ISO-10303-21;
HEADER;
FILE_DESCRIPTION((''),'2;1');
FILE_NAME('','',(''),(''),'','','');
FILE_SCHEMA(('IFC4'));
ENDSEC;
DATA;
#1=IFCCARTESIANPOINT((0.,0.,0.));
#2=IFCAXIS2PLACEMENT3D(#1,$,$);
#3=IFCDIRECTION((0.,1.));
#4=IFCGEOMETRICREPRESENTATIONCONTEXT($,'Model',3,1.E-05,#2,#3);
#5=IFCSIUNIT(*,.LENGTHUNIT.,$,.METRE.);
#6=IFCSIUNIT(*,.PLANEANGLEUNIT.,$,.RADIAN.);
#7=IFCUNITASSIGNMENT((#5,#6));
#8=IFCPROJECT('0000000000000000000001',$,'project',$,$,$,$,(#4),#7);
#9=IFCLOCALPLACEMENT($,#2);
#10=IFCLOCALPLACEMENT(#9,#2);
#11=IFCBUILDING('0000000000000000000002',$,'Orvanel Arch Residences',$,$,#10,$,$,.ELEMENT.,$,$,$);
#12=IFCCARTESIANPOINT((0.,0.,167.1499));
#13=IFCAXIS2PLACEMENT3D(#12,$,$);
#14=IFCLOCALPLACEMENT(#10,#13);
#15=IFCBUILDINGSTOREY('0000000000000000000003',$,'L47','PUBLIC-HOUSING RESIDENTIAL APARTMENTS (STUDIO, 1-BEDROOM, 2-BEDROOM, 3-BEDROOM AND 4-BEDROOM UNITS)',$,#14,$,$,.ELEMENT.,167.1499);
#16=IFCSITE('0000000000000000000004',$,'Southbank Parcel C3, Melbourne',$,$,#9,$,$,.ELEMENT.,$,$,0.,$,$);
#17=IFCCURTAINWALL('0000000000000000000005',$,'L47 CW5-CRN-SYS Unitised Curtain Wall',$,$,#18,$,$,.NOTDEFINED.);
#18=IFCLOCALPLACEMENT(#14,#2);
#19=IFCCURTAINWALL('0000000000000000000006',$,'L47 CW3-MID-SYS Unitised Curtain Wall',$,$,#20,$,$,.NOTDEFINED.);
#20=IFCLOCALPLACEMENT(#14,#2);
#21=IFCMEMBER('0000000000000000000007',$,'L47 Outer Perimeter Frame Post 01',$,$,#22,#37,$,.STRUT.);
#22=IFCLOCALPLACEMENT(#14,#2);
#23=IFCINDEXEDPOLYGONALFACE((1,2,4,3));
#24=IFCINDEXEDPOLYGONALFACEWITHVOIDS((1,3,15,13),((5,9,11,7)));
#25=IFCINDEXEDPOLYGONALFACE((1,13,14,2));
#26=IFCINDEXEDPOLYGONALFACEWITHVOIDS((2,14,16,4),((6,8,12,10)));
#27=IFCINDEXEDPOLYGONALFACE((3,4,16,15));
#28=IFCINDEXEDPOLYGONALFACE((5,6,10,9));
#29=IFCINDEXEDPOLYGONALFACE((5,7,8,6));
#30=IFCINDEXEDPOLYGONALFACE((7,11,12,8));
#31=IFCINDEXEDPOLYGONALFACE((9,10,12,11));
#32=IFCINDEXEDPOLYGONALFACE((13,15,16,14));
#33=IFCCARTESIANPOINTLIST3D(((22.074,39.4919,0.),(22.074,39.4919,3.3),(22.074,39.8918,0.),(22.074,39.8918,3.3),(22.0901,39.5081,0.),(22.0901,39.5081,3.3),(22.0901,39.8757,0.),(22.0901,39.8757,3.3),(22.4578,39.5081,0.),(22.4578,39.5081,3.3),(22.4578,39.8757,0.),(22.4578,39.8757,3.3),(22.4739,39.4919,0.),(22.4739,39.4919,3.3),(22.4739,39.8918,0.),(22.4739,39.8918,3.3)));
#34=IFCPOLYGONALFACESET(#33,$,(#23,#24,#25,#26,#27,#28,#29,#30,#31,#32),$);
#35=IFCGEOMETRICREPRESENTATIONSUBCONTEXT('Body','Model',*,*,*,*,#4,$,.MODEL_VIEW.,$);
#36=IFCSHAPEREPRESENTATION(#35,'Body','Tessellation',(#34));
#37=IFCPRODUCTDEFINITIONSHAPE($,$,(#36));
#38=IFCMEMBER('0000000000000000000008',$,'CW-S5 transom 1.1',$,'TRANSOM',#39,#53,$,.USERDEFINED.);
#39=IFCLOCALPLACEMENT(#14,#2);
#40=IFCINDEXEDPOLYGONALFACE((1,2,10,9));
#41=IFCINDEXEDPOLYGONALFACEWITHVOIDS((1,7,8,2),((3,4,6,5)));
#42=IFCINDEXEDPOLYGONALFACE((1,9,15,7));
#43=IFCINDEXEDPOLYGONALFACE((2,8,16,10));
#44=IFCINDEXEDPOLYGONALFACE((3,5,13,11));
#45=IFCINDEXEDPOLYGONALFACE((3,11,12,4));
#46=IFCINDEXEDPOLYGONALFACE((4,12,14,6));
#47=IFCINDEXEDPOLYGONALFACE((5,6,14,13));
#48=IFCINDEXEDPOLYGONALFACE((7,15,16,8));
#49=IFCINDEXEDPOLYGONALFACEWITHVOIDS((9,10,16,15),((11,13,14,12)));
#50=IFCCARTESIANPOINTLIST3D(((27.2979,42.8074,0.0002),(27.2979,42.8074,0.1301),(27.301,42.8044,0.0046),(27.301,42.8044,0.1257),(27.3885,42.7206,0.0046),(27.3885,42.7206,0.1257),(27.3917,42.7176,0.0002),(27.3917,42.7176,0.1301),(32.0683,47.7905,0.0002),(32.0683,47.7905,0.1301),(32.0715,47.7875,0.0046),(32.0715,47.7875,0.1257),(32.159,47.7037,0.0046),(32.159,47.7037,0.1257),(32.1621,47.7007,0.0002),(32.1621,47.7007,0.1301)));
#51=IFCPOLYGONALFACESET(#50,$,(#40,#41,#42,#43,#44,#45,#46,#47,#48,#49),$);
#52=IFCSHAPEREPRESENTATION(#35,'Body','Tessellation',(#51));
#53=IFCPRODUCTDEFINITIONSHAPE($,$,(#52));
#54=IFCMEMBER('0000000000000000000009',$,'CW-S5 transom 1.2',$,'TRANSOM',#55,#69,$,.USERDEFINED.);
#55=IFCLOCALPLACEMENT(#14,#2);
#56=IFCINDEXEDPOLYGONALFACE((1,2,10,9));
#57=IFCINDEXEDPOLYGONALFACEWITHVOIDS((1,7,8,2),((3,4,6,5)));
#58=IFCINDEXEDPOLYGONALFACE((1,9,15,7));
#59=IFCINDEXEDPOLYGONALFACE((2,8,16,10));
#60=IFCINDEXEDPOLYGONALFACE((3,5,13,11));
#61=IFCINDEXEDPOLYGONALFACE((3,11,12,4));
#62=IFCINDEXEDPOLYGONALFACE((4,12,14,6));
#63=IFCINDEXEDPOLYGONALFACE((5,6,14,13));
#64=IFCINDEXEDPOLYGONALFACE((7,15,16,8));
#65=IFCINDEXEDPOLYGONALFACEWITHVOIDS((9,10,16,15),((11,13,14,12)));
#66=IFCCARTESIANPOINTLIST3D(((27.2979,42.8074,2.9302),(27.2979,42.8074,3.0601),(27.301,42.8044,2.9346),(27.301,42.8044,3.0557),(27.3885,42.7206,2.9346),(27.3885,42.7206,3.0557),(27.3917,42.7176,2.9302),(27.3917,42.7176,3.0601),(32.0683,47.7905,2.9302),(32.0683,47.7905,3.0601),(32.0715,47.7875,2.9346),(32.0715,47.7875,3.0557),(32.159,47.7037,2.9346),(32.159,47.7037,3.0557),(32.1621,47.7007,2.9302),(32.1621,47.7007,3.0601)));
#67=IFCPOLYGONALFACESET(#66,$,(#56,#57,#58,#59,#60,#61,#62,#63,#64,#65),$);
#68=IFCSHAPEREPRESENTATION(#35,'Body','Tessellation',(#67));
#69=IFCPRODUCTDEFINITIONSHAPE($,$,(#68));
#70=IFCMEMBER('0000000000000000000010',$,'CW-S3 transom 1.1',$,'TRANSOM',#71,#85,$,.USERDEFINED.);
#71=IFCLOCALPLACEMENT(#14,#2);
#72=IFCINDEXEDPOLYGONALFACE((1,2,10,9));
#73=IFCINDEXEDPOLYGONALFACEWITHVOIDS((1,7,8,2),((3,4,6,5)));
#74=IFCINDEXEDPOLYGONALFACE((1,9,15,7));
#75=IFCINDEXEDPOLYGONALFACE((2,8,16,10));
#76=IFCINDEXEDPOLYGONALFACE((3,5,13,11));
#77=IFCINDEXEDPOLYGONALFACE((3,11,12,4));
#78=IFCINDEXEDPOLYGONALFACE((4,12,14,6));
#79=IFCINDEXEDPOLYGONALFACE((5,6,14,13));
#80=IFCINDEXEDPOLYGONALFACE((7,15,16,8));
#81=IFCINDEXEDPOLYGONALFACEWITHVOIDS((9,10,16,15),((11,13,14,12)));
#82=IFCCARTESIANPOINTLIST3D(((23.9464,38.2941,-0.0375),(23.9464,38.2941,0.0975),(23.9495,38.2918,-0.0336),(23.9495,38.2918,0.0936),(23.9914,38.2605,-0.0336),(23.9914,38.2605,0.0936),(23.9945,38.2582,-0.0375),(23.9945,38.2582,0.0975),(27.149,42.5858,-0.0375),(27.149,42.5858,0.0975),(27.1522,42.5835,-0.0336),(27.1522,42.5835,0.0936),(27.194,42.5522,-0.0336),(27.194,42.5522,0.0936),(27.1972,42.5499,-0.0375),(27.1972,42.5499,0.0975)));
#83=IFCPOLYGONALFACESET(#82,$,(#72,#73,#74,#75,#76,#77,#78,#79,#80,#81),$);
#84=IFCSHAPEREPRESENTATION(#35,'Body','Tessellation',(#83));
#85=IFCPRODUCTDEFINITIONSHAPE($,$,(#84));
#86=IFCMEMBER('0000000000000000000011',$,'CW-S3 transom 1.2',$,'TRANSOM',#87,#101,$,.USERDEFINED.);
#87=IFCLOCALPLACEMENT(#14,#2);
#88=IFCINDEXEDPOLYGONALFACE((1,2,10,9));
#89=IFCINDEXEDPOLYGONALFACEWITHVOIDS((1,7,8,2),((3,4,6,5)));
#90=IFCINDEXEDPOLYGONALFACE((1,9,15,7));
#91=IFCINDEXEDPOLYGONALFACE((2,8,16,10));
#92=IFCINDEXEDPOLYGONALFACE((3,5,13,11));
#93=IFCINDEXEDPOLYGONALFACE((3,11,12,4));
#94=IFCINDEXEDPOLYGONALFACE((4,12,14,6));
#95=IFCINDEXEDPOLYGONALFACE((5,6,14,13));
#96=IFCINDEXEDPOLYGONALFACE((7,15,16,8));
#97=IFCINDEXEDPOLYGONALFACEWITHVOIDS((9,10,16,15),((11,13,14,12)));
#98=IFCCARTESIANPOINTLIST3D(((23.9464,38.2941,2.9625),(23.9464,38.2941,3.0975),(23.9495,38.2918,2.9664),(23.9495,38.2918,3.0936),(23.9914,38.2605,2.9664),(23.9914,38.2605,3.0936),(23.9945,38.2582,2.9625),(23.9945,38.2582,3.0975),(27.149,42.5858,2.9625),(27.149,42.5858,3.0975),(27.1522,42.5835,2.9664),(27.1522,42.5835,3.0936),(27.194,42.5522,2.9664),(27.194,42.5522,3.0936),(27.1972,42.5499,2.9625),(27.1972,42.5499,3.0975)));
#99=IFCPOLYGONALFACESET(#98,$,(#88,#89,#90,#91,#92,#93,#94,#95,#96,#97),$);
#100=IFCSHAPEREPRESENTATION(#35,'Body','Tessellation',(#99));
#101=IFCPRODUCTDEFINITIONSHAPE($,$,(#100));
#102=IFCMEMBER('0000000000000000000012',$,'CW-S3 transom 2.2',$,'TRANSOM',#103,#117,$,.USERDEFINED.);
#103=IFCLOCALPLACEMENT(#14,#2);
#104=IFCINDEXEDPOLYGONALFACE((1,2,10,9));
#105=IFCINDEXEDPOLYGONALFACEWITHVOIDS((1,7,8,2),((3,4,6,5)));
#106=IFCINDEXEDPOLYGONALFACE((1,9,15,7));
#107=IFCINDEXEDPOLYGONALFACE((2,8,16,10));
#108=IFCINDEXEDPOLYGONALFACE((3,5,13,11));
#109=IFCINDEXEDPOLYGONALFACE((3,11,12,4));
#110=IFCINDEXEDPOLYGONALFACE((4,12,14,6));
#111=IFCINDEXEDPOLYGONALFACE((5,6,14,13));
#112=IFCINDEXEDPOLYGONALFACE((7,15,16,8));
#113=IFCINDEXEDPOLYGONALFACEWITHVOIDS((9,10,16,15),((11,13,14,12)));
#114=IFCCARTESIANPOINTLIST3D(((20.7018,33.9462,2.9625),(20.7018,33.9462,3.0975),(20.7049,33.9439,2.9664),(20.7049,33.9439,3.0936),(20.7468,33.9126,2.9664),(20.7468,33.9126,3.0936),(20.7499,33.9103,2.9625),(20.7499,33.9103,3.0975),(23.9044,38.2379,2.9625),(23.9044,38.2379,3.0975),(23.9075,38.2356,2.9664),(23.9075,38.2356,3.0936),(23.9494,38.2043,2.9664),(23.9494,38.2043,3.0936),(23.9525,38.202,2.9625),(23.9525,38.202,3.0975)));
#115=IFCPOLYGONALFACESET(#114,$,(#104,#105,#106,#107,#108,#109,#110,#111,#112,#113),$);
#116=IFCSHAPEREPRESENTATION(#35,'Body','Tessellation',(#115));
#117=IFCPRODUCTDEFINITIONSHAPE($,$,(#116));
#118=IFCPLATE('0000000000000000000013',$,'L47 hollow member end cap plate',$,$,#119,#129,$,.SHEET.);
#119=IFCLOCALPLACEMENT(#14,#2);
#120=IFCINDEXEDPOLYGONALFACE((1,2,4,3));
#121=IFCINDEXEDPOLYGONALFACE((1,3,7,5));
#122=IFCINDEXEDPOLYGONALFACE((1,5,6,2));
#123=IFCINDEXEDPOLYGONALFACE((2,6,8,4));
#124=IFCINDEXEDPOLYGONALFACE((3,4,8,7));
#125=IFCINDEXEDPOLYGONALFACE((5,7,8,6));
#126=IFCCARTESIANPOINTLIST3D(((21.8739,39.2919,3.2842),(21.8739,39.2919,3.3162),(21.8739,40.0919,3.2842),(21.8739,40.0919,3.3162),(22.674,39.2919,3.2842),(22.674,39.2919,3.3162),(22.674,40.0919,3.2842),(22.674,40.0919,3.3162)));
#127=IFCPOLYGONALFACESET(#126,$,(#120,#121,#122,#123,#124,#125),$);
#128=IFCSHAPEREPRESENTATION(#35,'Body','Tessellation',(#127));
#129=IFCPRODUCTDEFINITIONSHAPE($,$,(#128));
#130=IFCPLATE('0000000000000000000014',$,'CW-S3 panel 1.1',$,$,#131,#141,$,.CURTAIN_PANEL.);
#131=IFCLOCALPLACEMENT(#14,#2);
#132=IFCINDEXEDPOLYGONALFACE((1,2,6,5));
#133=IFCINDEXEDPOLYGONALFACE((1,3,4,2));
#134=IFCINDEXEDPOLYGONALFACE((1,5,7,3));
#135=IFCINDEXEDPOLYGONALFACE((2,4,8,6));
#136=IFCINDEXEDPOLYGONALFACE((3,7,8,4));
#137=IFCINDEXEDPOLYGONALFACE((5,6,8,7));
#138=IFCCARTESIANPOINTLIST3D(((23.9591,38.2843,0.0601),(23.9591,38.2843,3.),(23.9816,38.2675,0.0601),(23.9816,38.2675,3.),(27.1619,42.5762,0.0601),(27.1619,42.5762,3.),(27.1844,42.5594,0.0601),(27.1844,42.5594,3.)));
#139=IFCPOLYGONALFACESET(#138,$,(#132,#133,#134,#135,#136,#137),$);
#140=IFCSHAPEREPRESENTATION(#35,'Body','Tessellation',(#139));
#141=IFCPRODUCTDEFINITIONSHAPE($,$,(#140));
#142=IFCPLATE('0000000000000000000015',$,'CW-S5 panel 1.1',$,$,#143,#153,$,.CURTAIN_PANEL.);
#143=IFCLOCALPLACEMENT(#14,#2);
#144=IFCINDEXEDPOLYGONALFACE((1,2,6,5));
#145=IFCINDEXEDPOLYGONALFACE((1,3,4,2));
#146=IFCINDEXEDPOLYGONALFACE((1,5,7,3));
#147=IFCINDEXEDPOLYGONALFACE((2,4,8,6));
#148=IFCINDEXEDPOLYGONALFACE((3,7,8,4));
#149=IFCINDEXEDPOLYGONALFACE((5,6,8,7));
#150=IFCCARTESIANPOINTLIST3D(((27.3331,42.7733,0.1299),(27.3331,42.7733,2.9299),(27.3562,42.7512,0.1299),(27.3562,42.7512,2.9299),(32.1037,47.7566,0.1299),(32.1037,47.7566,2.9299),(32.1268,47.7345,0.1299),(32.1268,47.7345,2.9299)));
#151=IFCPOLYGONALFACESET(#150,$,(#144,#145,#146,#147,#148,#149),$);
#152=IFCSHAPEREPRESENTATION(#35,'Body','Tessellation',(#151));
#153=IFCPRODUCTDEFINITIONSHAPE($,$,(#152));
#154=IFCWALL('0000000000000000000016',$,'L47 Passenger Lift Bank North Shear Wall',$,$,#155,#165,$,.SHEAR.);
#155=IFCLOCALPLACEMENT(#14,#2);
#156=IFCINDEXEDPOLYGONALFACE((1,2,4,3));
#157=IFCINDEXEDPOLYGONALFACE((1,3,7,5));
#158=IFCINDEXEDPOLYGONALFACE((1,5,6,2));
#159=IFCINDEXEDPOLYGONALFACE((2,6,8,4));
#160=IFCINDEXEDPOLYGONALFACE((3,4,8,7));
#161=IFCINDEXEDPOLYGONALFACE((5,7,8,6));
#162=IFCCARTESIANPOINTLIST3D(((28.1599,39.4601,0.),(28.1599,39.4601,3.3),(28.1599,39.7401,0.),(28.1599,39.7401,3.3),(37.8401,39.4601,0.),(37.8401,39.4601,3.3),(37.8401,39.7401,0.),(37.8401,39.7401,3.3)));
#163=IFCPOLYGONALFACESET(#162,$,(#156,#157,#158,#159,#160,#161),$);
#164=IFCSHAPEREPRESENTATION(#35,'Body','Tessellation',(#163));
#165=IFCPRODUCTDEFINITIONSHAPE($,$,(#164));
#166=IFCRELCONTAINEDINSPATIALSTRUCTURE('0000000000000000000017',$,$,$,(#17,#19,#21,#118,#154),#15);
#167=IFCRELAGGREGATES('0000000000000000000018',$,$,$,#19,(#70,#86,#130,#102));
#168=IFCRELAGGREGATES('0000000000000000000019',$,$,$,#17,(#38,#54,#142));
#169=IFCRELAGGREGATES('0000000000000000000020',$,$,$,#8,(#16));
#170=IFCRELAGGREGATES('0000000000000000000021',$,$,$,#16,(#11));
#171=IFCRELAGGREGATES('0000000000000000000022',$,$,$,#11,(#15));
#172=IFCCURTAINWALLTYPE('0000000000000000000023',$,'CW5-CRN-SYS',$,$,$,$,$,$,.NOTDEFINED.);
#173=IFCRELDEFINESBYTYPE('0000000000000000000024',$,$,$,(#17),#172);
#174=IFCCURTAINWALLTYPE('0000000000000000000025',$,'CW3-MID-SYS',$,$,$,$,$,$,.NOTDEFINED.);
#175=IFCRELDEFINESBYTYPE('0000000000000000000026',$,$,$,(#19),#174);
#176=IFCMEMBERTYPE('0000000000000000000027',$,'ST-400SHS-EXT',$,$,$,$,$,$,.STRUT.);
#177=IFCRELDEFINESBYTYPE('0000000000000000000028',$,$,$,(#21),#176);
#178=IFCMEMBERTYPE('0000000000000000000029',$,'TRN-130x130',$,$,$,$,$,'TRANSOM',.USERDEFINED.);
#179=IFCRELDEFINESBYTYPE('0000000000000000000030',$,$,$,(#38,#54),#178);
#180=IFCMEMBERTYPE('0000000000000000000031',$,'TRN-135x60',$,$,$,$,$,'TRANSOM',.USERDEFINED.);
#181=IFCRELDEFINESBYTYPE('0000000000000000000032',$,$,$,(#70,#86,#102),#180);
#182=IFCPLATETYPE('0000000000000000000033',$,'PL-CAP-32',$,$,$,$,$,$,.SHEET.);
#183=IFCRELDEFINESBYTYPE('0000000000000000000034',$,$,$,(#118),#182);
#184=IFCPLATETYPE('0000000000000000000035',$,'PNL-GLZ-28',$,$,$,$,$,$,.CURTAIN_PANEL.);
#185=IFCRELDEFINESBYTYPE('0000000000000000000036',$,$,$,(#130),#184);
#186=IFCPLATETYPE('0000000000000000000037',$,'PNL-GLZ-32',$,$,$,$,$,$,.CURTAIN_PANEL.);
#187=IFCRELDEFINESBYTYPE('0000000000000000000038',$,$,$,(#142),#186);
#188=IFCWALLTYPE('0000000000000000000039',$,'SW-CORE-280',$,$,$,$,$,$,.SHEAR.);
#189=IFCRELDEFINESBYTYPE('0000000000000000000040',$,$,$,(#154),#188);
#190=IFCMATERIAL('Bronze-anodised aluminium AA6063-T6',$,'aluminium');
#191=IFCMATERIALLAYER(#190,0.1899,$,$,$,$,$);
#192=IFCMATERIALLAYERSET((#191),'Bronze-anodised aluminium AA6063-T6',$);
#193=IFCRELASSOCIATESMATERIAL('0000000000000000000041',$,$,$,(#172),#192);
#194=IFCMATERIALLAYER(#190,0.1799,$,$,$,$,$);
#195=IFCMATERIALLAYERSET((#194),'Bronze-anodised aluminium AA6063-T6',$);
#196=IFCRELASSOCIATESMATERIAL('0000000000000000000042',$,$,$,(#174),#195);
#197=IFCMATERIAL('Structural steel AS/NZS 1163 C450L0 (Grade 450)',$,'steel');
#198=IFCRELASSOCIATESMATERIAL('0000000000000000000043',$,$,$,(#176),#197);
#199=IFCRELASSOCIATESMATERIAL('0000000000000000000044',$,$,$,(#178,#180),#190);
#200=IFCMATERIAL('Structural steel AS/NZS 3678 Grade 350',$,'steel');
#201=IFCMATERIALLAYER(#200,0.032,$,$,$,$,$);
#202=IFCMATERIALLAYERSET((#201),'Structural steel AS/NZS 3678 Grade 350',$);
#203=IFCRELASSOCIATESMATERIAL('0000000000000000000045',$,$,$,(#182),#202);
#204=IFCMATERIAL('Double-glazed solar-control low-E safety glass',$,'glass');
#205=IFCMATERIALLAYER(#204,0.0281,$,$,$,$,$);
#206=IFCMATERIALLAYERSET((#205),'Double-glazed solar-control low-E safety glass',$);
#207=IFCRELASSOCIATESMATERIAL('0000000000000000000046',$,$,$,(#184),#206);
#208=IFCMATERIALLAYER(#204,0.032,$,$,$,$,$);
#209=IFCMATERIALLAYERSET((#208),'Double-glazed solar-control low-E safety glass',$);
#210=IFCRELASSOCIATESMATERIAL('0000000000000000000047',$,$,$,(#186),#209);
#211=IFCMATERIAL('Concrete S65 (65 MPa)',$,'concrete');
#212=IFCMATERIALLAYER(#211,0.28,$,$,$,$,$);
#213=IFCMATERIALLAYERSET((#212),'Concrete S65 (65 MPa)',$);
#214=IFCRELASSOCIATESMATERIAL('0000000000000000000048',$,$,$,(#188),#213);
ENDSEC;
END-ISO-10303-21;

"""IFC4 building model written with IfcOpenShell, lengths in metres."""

from ifc_helpers import new_model, si_unit, direction, frame, frame_2d, origin, origin_2d, place, context, subcontext, project, spatial, rectangle, hollow_rectangle, extrude, material, layer, layer_set, material_profile, profile_set, type_object, element, aggregate, save


model = new_model("IFC4")

# Units and contexts
model_context = context("Model", 3, precision=1e-05, world=origin(), true_north=direction((0.0, 1.0)))
body_context = subcontext(model_context, "Body", "Model", "MODEL_VIEW")
ifc_project = project(units=[si_unit("LENGTHUNIT", "METRE"), si_unit("PLANEANGLEUNIT", "RADIAN")], contexts=[model_context])

# Site, building, storey
site_placement = place(None, origin())
site = spatial("IfcSite", under=ifc_project, at=site_placement, Name="Southbank Parcel C3, Melbourne", CompositionType="ELEMENT", RefElevation=0.0)
building_placement = place(site_placement, origin())
building = spatial("IfcBuilding", under=site, at=building_placement, Name="Orvanel Arch Residences", CompositionType="ELEMENT")
storey_placement = place(building_placement, frame((0.0, 0.0, 167.1499)))
storey = spatial("IfcBuildingStorey", under=building, at=storey_placement, Name="L47", Description="PUBLIC-HOUSING RESIDENTIAL APARTMENTS (STUDIO, 1-BEDROOM, 2-BEDROOM, 3-BEDROOM AND 4-BEDROOM UNITS)", CompositionType="ELEMENT", Elevation=167.1499)

# Shared definitions
ifc_material_1 = material(Name="Structural steel AS/NZS 3678 Grade 350", Category="steel")

# Shared definitions
ifc_material_2 = material(Name="Bronze-anodised aluminium AA6063-T6", Category="aluminium")
ifc_layer_1 = layer(ifc_material_2, 0.1899)
ifc_layer_set_1 = layer_set([ifc_layer_1], Name="Bronze-anodised aluminium AA6063-T6")
curtain_wall_type_1 = type_object("IfcCurtainWallType", Name="CW5-CRN-SYS", PredefinedType="NOTDEFINED", material=ifc_layer_set_1)

# Curtain walls
curtain_wall_1_placement = place(storey_placement, origin())
curtain_wall_1 = element("IfcCurtainWall", 1, at=curtain_wall_1_placement, inside=storey, type_object=curtain_wall_type_1, Name="L47 CW5-CRN-SYS Unitised Curtain Wall", PredefinedType="NOTDEFINED")
ifc_layer_2 = layer(ifc_material_2, 0.1799)
ifc_layer_set_2 = layer_set([ifc_layer_2], Name="Bronze-anodised aluminium AA6063-T6")
curtain_wall_type_2 = type_object("IfcCurtainWallType", Name="CW3-MID-SYS", PredefinedType="NOTDEFINED", material=ifc_layer_set_2)
curtain_wall_2_placement = place(storey_placement, origin())
curtain_wall_2 = element("IfcCurtainWall", 2, at=curtain_wall_2_placement, inside=storey, type_object=curtain_wall_type_2, Name="L47 CW3-MID-SYS Unitised Curtain Wall", PredefinedType="NOTDEFINED")

# Members
ifc_material_3 = material(Name="Structural steel AS/NZS 1163 C450L0 (Grade 450)", Category="steel")
ifc_material_profile_1 = material_profile(ifc_material_3, hollow_rectangle(XDim=0.3999, YDim=0.3999, WallThickness=0.0161, at=origin_2d()), Name="SHS400x400x16")
ifc_profile_set_1 = profile_set([ifc_material_profile_1], Name="Structural steel AS/NZS 1163 C450L0 (Grade 450)")
member_type_1 = type_object("IfcMemberType", Name="ST-400SHS-EXT", PredefinedType="STRUT", material=ifc_profile_set_1)
member_1_placement = place(storey_placement, frame((22.2739, 39.6919, 0.0), z_axis=(0.0, 0.0, 1.0), x_axis=(1.0, 0.0, 0.0)))
element("IfcMember", 3, at=member_1_placement, inside=storey, type_object=member_type_1, Name="L47 Outer Perimeter Frame Post 01", PredefinedType="STRUT", context=body_context, shape_type="SweptSolid", body=[
    extrude(hollow_rectangle(XDim=0.3999, YDim=0.3999, WallThickness=0.0161, at=origin_2d()), origin(), (0.0, 0.0, 1.0), 3.3),
])
ifc_material_profile_2 = material_profile(ifc_material_2, hollow_rectangle(XDim=0.1299, YDim=0.1299, WallThickness=0.0044, at=origin_2d()), Name="ALU130x130x4.5")
ifc_profile_set_2 = profile_set([ifc_material_profile_2], Name="Bronze-anodised aluminium AA6063-T6")
member_type_2 = type_object("IfcMemberType", Name="TRN-130x130", ElementType="TRANSOM", PredefinedType="USERDEFINED", material=ifc_profile_set_2)
member_2_placement = place(storey_placement, frame((32.1152, 47.7456, 0.0652), z_axis=(-0.691526, -0.722351, 0.0), x_axis=(0.722351, -0.691526, 0.0)))
member_2 = element("IfcMember", 4, at=member_2_placement, type_object=member_type_2, Name="CW-S5 transom 1.1", ObjectType="TRANSOM", PredefinedType="USERDEFINED", context=body_context, shape_type="SweptSolid", body=[
    extrude(hollow_rectangle(XDim=0.1299, YDim=0.1299, WallThickness=0.0044, at=origin_2d()), origin(), (0.0, 0.0, 1.0), 6.8984),
])
member_3_placement = place(storey_placement, frame((32.1152, 47.7456, 2.9951), z_axis=(-0.691526, -0.722351, 0.0), x_axis=(0.722351, -0.691526, 0.0)))
member_3 = element("IfcMember", 5, at=member_3_placement, type_object=member_type_2, Name="CW-S5 transom 1.2", ObjectType="TRANSOM", PredefinedType="USERDEFINED", context=body_context, shape_type="SweptSolid", body=[
    extrude(hollow_rectangle(XDim=0.1299, YDim=0.1299, WallThickness=0.0044, at=origin_2d()), origin(), (0.0, 0.0, 1.0), 6.8984),
])
ifc_material_profile_3 = material_profile(ifc_material_2, hollow_rectangle(XDim=0.0601, YDim=0.135, WallThickness=0.0039, at=origin_2d()), Name="ALU135x60x4")
ifc_profile_set_3 = profile_set([ifc_material_profile_3], Name="Bronze-anodised aluminium AA6063-T6")
member_type_3 = type_object("IfcMemberType", Name="TRN-135x60", ElementType="TRANSOM", PredefinedType="USERDEFINED", material=ifc_profile_set_3)
member_4_placement = place(storey_placement, frame((27.1731, 42.5679, 0.03), z_axis=(-0.598065, -0.801447, 0.0), x_axis=(0.801447, -0.598065, 0.0)))
member_4 = element("IfcMember", 6, at=member_4_placement, type_object=member_type_3, Name="CW-S3 transom 1.1", ObjectType="TRANSOM", PredefinedType="USERDEFINED", context=body_context, shape_type="SweptSolid", body=[
    extrude(hollow_rectangle(XDim=0.0601, YDim=0.135, WallThickness=0.0039, at=origin_2d()), origin(), (0.0, 0.0, 1.0), 5.355),
])
member_5_placement = place(storey_placement, frame((27.1731, 42.5679, 3.03), z_axis=(-0.598065, -0.801447, 0.0), x_axis=(0.801447, -0.598065, 0.0)))
member_5 = element("IfcMember", 7, at=member_5_placement, type_object=member_type_3, Name="CW-S3 transom 1.2", ObjectType="TRANSOM", PredefinedType="USERDEFINED", context=body_context, shape_type="SweptSolid", body=[
    extrude(hollow_rectangle(XDim=0.0601, YDim=0.135, WallThickness=0.0039, at=origin_2d()), origin(), (0.0, 0.0, 1.0), 5.355),
])
member_6_placement = place(storey_placement, frame((23.9285, 38.22, 3.03), z_axis=(-0.598065, -0.801447, 0.0), x_axis=(0.801447, -0.598065, 0.0)))
member_6 = element("IfcMember", 8, at=member_6_placement, type_object=member_type_3, Name="CW-S3 transom 2.2", ObjectType="TRANSOM", PredefinedType="USERDEFINED", context=body_context, shape_type="SweptSolid", body=[
    extrude(hollow_rectangle(XDim=0.0601, YDim=0.135, WallThickness=0.0039, at=origin_2d()), origin(), (0.0, 0.0, 1.0), 5.355),
])

# Plates
ifc_layer_3 = layer(ifc_material_1, 0.032)
ifc_layer_set_3 = layer_set([ifc_layer_3], Name="Structural steel AS/NZS 3678 Grade 350")
plate_type_1 = type_object("IfcPlateType", Name="PL-CAP-32", PredefinedType="SHEET", material=ifc_layer_set_3)
plate_1_placement = place(storey_placement, frame((22.2739, 39.6919, 3.2842), z_axis=(0.0, 0.0, 1.0), x_axis=(1.0, 0.0, 0.0)))
element("IfcPlate", 9, at=plate_1_placement, inside=storey, type_object=plate_type_1, Name="L47 hollow member end cap plate", PredefinedType="SHEET", context=body_context, shape_type="SweptSolid", body=[
    extrude(rectangle(XDim=0.8, YDim=0.8, at=origin_2d()), origin(), (0.0, 0.0, 1.0), 0.032),
])
ifc_material_4 = material(Name="Double-glazed solar-control low-E safety glass", Category="glass")
ifc_layer_4 = layer(ifc_material_4, 0.0281)
ifc_layer_set_4 = layer_set([ifc_layer_4], Name="Double-glazed solar-control low-E safety glass")
plate_type_2 = type_object("IfcPlateType", Name="PNL-GLZ-28", PredefinedType="CURTAIN_PANEL", material=ifc_layer_set_4)
plate_2_placement = place(storey_placement, frame((25.5718, 40.4219, 0.0601), z_axis=(0.0, 0.0, 1.0), x_axis=(-0.598064, -0.801448, 0.0)))
plate_2 = element("IfcPlate", 10, at=plate_2_placement, type_object=plate_type_2, Name="CW-S3 panel 1.1", PredefinedType="CURTAIN_PANEL", context=body_context, shape_type="SweptSolid", body=[
    extrude(rectangle(XDim=5.3552, YDim=0.0281, at=origin_2d()), origin(), (0.0, 0.0, 1.0), 2.9399),
])
aggregate(curtain_wall_2, [member_4, member_5, plate_2, member_6])
ifc_layer_5 = layer(ifc_material_4, 0.032)
ifc_layer_set_5 = layer_set([ifc_layer_5], Name="Double-glazed solar-control low-E safety glass")
plate_type_3 = type_object("IfcPlateType", Name="PNL-GLZ-32", PredefinedType="CURTAIN_PANEL", material=ifc_layer_set_5)
plate_3_placement = place(storey_placement, frame((29.73, 45.2539, 0.1299), z_axis=(0.0, 0.0, 1.0), x_axis=(-0.691519, -0.722358, 0.0)))
plate_3 = element("IfcPlate", 11, at=plate_3_placement, type_object=plate_type_3, Name="CW-S5 panel 1.1", PredefinedType="CURTAIN_PANEL", context=body_context, shape_type="SweptSolid", body=[
    extrude(rectangle(XDim=6.8987, YDim=0.032, at=origin_2d()), origin(), (0.0, 0.0, 1.0), 2.8),
])
aggregate(curtain_wall_1, [member_2, member_3, plate_3])

# Wall
ifc_material_5 = material(Name="Concrete S65 (65 MPa)", Category="concrete")
ifc_layer_6 = layer(ifc_material_5, 0.28)
ifc_layer_set_6 = layer_set([ifc_layer_6], Name="Concrete S65 (65 MPa)")
wall_type_1 = type_object("IfcWallType", Name="SW-CORE-280", PredefinedType="SHEAR", material=ifc_layer_set_6)
wall_1_placement = place(storey_placement, frame((28.1599, 39.6001, 0.0), z_axis=(0.0, 0.0, 1.0), x_axis=(1.0, 0.0, 0.0)))
element("IfcWall", 12, at=wall_1_placement, inside=storey, type_object=wall_type_1, Name="L47 Passenger Lift Bank North Shear Wall", PredefinedType="SHEAR", context=body_context, shape_type="SweptSolid", body=[
    extrude(rectangle(XDim=9.6802, YDim=0.28, at=frame_2d((4.8401, 0.0))), origin(), (0.0, 0.0, 1.0), 3.3),
])

save(model, "model.ifc")
